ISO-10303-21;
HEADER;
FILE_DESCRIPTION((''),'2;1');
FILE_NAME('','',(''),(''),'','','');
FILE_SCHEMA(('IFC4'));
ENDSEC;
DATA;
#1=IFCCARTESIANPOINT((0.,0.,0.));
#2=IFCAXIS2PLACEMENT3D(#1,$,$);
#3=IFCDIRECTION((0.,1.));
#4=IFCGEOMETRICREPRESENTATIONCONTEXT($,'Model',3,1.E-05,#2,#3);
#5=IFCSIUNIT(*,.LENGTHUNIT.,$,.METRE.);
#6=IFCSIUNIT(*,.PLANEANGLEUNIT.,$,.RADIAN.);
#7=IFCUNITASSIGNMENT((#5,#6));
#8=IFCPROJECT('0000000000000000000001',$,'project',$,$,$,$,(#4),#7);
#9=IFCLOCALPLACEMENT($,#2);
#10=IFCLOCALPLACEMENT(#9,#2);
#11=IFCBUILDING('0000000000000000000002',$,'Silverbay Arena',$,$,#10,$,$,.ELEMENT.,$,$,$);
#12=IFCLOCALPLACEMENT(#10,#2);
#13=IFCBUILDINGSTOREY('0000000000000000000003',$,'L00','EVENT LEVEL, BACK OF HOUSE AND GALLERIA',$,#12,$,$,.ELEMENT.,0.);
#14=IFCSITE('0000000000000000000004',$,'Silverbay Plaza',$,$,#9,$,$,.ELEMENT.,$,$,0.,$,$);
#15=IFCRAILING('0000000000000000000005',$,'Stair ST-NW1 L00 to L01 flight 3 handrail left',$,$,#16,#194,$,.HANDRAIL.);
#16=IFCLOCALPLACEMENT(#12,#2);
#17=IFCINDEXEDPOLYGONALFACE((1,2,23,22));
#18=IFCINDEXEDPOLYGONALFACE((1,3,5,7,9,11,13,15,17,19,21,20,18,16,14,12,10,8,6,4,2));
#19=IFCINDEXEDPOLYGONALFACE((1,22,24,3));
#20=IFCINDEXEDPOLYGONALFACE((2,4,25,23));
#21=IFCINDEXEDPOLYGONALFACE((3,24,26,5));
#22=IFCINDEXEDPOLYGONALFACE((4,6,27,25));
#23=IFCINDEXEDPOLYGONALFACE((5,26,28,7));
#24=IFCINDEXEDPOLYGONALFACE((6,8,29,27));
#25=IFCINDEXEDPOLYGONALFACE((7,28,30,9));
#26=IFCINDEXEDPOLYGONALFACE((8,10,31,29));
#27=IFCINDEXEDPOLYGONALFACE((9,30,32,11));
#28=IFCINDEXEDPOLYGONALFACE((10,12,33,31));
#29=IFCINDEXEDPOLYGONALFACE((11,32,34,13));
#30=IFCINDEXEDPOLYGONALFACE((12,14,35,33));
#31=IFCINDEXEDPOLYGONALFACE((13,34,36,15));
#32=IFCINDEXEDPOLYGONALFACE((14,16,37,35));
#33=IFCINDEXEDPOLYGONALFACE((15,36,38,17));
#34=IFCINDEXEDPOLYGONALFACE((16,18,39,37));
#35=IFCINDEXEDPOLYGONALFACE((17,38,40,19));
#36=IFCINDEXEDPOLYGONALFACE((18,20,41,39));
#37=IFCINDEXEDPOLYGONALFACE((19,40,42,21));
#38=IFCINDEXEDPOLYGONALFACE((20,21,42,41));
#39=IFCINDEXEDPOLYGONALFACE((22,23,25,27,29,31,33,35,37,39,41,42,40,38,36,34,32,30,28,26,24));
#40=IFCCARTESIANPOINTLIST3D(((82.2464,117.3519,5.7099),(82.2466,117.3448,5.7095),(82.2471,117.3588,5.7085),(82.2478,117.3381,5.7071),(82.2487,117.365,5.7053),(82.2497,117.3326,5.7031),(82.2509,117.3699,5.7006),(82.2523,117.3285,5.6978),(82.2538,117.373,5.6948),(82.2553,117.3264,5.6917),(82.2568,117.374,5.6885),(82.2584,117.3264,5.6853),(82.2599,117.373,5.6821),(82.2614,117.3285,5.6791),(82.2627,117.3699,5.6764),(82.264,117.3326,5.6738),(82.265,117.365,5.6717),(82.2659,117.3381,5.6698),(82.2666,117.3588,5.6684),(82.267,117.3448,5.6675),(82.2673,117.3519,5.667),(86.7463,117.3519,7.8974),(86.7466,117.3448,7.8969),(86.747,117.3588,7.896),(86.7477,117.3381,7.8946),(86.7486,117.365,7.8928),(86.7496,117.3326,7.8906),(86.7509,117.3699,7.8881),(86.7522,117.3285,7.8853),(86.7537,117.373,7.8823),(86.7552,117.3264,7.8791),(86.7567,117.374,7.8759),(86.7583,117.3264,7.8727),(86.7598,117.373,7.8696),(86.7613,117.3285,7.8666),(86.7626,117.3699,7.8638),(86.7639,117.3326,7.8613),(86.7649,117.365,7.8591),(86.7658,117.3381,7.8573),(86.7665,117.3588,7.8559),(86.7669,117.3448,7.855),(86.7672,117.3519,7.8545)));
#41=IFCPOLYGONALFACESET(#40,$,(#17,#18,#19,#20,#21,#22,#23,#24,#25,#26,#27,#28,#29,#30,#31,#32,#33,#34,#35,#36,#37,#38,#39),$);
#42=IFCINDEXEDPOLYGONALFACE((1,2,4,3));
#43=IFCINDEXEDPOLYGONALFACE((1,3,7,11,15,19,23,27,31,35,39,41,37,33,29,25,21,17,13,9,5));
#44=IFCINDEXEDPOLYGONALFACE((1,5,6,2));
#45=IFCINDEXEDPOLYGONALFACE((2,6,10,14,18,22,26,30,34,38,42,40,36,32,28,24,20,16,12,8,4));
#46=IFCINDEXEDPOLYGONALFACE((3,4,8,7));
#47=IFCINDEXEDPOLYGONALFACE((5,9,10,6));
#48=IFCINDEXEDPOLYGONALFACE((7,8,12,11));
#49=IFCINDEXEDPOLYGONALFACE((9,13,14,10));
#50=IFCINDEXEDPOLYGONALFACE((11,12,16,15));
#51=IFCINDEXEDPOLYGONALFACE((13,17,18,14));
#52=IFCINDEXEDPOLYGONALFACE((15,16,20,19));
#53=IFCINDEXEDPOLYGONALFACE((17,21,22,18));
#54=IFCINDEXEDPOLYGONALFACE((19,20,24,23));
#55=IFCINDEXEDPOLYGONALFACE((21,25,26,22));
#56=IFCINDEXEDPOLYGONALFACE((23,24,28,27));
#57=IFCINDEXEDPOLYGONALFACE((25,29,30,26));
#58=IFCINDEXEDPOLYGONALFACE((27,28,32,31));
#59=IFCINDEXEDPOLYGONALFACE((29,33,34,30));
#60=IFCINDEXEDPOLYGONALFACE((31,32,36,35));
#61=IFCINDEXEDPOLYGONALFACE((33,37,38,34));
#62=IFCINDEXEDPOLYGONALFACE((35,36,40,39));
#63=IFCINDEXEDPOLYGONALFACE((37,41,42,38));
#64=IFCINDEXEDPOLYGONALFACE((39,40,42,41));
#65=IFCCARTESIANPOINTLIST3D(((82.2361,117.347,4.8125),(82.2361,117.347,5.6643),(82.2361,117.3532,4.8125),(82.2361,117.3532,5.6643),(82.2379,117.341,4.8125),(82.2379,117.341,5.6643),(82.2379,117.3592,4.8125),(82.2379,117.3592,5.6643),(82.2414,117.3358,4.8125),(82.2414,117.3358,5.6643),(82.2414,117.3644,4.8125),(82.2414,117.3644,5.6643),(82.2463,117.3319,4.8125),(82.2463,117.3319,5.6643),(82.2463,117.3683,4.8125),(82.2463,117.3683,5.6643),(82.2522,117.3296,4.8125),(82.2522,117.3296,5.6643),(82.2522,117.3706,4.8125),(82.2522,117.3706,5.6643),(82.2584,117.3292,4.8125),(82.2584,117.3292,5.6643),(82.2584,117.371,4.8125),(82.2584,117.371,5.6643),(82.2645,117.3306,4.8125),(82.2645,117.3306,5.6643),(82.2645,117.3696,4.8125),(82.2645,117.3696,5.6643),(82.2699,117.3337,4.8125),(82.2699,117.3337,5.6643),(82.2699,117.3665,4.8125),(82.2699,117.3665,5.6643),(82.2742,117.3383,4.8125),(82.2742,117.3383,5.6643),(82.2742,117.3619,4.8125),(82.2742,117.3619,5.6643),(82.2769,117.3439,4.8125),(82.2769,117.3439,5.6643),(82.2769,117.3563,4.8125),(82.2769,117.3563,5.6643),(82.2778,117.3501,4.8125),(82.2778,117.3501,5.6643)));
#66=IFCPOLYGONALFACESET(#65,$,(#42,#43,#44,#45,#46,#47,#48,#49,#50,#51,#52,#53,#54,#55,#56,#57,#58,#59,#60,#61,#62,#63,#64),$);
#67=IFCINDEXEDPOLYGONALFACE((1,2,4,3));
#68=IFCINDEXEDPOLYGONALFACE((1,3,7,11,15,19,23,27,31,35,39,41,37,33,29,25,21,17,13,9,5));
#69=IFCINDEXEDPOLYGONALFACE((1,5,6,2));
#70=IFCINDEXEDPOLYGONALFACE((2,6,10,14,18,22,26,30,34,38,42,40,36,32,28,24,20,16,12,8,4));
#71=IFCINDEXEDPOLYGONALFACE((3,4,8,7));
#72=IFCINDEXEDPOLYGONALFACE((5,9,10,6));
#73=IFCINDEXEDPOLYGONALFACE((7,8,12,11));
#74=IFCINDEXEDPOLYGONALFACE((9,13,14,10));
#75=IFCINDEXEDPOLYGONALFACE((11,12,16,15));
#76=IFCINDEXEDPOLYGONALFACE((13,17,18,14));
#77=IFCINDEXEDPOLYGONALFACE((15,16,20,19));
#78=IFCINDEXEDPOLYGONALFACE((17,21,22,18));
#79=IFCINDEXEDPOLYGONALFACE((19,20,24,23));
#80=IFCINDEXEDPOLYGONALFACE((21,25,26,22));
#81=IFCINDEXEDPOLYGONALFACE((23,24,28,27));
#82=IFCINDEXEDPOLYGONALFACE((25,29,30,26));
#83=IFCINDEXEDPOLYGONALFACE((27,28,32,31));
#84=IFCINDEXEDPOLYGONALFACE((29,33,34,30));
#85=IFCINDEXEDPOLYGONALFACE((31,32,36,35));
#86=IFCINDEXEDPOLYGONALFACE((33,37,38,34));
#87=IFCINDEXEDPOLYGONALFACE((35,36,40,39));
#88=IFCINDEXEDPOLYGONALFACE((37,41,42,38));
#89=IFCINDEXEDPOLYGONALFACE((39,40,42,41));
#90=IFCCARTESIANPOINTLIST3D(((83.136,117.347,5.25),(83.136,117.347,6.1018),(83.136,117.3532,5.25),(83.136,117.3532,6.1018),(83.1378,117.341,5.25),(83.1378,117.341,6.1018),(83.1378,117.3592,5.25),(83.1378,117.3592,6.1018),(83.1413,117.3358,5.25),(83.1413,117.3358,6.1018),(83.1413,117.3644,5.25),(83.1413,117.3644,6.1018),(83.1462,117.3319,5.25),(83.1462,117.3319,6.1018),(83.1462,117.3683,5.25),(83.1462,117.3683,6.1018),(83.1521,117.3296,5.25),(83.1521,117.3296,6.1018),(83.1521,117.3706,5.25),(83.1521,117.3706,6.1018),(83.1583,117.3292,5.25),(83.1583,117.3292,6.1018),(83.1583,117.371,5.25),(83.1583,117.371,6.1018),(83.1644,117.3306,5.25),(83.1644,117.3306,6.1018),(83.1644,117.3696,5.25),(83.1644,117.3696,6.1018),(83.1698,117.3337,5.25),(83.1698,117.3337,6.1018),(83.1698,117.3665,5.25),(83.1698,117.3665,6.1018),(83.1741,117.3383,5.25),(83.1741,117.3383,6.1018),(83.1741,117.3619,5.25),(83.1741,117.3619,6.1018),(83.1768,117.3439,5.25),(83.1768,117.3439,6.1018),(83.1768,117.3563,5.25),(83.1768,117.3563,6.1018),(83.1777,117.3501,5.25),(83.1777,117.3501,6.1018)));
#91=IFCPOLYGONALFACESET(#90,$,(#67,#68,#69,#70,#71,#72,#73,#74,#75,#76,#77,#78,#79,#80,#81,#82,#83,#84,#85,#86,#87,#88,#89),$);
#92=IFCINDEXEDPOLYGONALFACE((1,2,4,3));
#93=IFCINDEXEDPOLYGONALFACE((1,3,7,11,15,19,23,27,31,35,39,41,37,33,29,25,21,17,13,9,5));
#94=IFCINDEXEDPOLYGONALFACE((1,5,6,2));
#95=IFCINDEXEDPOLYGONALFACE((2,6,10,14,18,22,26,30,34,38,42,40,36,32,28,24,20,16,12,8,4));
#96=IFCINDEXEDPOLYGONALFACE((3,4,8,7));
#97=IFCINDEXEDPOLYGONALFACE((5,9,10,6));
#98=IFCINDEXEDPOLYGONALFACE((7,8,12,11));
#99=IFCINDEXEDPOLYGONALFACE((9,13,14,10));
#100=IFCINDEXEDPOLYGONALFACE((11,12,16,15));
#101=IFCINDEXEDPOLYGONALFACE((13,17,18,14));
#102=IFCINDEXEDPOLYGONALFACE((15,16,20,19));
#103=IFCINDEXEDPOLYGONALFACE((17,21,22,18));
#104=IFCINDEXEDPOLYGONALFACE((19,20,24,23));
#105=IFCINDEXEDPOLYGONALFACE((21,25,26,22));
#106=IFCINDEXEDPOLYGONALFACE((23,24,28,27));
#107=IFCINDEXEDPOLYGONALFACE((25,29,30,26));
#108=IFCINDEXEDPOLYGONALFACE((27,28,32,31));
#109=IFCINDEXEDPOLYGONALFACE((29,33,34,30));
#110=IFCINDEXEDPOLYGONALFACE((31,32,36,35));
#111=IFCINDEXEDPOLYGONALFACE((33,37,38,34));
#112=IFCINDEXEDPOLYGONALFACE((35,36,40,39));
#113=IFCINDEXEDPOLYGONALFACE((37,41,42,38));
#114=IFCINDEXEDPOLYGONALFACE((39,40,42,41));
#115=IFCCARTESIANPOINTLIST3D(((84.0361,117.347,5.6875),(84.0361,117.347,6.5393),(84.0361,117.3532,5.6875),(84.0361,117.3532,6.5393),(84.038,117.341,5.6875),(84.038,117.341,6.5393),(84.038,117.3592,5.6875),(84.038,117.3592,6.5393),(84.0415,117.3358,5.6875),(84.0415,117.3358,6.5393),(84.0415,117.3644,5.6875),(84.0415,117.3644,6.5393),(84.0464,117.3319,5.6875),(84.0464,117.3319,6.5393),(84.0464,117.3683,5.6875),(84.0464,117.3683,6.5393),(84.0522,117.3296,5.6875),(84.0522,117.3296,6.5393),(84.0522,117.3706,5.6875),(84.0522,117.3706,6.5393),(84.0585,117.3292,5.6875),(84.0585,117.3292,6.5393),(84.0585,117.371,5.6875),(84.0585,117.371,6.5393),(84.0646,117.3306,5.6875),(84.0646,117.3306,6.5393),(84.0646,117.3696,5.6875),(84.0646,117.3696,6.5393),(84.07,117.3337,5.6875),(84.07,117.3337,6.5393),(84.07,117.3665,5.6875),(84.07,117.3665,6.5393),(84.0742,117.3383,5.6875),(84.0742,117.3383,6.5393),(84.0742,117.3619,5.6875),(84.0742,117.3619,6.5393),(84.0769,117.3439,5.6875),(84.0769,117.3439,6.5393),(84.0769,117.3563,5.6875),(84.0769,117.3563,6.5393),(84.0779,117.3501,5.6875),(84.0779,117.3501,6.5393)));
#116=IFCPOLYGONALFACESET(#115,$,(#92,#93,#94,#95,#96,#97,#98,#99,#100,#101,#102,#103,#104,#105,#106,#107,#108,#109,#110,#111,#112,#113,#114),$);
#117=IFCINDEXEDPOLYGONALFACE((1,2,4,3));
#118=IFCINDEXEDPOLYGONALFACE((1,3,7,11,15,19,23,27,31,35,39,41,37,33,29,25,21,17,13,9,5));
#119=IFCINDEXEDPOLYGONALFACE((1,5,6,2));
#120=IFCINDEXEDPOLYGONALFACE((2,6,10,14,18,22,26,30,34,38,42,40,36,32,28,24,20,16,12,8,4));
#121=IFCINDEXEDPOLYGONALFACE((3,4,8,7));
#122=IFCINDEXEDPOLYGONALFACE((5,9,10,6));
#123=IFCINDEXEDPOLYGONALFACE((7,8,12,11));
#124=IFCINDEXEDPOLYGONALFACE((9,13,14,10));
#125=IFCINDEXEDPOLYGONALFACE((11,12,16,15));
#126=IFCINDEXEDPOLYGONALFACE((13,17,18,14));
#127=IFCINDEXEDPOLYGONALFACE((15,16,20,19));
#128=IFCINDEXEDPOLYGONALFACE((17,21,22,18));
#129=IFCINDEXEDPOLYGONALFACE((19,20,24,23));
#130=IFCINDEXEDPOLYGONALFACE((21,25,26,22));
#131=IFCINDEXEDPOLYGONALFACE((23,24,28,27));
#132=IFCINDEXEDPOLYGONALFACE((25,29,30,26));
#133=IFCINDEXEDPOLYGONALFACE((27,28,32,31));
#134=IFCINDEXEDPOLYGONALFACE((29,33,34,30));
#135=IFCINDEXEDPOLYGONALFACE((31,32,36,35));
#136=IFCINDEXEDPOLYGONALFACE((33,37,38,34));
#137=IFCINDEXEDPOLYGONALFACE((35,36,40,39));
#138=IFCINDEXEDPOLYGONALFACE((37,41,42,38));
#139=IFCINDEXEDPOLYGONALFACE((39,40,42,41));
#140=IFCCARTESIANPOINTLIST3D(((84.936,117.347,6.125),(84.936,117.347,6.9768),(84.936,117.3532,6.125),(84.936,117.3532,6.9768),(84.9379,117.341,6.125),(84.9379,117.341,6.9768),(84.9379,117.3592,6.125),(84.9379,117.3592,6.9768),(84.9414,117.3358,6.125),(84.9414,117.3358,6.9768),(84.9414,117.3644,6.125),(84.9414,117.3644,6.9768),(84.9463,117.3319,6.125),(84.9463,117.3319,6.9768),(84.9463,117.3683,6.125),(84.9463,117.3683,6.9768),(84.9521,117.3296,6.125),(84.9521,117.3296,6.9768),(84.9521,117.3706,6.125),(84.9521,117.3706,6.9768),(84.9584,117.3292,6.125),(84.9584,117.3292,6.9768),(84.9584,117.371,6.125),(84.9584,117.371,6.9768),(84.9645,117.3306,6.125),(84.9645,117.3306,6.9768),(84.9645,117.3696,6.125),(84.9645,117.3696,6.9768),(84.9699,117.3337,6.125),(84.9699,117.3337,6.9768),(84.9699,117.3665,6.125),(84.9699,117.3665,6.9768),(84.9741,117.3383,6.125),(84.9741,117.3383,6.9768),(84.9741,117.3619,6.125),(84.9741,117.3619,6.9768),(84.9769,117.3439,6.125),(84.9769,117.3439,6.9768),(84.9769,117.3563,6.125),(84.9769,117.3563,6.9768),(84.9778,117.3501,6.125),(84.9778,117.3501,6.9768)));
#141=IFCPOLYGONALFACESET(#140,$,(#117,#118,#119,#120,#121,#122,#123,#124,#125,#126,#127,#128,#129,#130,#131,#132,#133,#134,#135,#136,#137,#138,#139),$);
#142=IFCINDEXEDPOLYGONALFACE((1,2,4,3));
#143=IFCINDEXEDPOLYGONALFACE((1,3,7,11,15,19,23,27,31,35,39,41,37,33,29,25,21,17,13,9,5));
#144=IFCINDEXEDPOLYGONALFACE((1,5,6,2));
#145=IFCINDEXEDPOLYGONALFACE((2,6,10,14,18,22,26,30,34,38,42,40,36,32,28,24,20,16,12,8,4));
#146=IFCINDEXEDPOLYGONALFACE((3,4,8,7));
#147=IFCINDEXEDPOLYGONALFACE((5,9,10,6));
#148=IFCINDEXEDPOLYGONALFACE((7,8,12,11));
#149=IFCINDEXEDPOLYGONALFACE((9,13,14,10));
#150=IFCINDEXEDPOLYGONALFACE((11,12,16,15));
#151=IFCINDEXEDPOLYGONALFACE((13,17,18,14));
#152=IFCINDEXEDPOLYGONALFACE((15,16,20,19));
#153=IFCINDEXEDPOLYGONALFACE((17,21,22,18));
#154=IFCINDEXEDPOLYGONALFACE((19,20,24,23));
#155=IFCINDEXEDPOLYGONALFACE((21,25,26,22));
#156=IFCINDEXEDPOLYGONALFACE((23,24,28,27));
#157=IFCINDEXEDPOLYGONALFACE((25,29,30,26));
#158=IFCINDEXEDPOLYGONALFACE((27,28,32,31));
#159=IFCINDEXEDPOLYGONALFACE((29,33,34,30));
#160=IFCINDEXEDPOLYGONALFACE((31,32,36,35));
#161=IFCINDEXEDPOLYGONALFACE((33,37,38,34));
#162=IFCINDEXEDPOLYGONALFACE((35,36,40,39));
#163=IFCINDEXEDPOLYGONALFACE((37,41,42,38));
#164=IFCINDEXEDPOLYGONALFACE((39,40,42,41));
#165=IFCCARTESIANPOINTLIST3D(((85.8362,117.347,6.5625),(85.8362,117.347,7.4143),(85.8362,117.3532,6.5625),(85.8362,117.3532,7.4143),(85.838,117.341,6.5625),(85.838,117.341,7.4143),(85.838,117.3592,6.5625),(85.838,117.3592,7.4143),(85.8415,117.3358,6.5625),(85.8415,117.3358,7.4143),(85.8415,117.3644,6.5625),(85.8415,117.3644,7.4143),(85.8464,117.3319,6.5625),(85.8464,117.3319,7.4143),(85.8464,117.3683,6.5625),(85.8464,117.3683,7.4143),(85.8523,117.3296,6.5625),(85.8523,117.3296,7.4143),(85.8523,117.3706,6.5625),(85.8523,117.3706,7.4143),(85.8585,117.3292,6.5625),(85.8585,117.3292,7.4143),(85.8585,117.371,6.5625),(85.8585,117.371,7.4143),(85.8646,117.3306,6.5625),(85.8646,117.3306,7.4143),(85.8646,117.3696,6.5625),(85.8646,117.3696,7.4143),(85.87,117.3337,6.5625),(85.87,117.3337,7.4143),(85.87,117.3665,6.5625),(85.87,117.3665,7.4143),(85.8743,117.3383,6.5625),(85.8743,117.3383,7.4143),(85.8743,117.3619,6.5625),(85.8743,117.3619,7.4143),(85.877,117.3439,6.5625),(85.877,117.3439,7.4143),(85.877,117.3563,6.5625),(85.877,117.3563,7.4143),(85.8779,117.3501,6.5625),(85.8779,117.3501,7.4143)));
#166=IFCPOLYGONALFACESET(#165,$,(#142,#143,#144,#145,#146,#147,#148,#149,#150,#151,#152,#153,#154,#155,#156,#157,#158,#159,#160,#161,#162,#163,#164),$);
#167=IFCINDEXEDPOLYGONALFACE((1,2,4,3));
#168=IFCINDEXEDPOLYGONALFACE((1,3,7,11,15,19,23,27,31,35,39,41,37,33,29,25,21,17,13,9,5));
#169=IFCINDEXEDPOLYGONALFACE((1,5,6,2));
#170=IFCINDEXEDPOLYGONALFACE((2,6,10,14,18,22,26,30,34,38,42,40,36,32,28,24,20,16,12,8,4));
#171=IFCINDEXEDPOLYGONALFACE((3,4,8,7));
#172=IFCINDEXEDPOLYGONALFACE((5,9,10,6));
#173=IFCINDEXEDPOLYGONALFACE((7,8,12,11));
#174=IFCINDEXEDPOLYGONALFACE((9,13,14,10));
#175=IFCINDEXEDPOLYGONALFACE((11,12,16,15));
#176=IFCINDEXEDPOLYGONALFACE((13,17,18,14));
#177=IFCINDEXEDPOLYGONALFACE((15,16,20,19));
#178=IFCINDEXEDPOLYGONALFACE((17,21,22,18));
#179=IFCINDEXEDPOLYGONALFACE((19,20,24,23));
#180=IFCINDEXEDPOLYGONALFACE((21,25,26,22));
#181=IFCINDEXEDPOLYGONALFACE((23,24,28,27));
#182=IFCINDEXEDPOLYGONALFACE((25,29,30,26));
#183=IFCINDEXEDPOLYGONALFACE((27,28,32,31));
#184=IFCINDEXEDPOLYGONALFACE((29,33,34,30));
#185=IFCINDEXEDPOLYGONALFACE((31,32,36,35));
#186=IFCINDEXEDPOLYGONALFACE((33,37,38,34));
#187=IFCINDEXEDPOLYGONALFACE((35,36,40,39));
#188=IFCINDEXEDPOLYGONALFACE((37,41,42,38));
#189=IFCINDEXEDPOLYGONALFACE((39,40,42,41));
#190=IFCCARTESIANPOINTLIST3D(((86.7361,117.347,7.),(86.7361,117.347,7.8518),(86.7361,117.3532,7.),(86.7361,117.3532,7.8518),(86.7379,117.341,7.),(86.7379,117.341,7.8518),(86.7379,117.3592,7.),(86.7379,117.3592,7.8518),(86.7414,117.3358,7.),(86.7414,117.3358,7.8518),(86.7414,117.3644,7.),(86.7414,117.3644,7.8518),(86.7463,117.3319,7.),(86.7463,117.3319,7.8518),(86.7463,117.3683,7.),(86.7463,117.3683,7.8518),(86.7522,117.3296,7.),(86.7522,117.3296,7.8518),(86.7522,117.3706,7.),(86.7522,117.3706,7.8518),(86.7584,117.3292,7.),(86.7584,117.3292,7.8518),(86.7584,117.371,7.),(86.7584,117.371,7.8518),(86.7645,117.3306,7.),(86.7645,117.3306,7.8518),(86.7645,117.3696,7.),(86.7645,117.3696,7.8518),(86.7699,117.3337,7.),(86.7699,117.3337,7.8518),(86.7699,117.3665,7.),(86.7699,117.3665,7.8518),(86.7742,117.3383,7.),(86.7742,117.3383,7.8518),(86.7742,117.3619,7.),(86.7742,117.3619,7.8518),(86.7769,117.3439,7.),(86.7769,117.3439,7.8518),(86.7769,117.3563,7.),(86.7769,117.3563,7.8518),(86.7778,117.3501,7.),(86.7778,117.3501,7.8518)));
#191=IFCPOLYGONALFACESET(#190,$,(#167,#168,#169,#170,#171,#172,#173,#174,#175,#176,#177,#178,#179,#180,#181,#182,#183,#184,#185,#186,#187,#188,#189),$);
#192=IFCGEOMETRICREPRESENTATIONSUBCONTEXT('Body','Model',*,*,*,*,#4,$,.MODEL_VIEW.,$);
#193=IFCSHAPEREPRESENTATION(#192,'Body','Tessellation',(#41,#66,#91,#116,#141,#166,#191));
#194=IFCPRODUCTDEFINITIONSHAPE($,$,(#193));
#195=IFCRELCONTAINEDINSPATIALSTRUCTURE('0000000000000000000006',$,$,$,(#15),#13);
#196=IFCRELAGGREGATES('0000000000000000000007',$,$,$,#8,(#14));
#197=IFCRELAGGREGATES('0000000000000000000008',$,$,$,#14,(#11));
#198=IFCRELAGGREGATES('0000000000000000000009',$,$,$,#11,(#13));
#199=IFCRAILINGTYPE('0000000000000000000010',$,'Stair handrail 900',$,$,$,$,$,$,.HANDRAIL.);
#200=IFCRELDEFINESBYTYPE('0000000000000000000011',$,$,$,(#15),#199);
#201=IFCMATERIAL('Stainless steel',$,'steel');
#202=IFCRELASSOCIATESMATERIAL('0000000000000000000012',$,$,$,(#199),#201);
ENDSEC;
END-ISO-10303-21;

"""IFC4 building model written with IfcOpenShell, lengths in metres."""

from ifc_helpers import new_model, si_unit, direction, frame, origin, origin_2d, place, context, subcontext, project, spatial, circle, extrude, material, type_object, element, save


model = new_model("IFC4")

# Units and contexts
model_context = context("Model", 3, precision=1e-05, world=origin(), true_north=direction((0.0, 1.0)))
body_context = subcontext(model_context, "Body", "Model", "MODEL_VIEW")
ifc_project = project(units=[si_unit("LENGTHUNIT", "METRE"), si_unit("PLANEANGLEUNIT", "RADIAN")], contexts=[model_context])

# Site, building, storey
site_placement = place(None, origin())
site = spatial("IfcSite", under=ifc_project, at=site_placement, Name="Silverbay Plaza", CompositionType="ELEMENT", RefElevation=0.0)
building_placement = place(site_placement, origin())
building = spatial("IfcBuilding", under=site, at=building_placement, Name="Silverbay Arena", CompositionType="ELEMENT")
storey_placement = place(building_placement, origin())
storey = spatial("IfcBuildingStorey", under=building, at=storey_placement, Name="L00", Description="EVENT LEVEL, BACK OF HOUSE AND GALLERIA", CompositionType="ELEMENT", Elevation=0.0)

# Railing
ifc_material_1 = material(Name="Stainless steel", Category="steel")
railing_type_1 = type_object("IfcRailingType", Name="Stair handrail 900", PredefinedType="HANDRAIL", material=ifc_material_1)
railing_1_placement = place(storey_placement, frame((82.2568, 117.3501, 4.8125)))
element("IfcRailing", 1, at=railing_1_placement, inside=storey, type_object=railing_type_1, Name="Stair ST-NW1 L00 to L01 flight 3 handrail left", PredefinedType="HANDRAIL", context=body_context, shape_type="SweptSolid", body=[
    extrude(circle(Radius=0.0239, at=origin_2d()), frame((0.0, 0.0, 0.876), z_axis=(0.899368, 0.0, 0.437193), x_axis=(0.0, 1.0, 0.0)), (0.0, 0.0, 1.0), 5.0034),
    extrude(circle(Radius=0.021, at=origin_2d()), origin(), (0.0, 0.0, 1.0), 0.8518),
    extrude(circle(Radius=0.021, at=origin_2d()), frame((0.8999, 0.0, 0.4375)), (0.0, 0.0, 1.0), 0.8518),
    extrude(circle(Radius=0.021, at=origin_2d()), frame((1.8, 0.0, 0.875)), (0.0, 0.0, 1.0), 0.8518),
    extrude(circle(Radius=0.021, at=origin_2d()), frame((2.7, 0.0, 1.3125)), (0.0, 0.0, 1.0), 0.8518),
    extrude(circle(Radius=0.021, at=origin_2d()), frame((3.6001, 0.0, 1.75)), (0.0, 0.0, 1.0), 0.8518),
    extrude(circle(Radius=0.021, at=origin_2d()), frame((4.5, 0.0, 2.1875)), (0.0, 0.0, 1.0), 0.8518),
])

save(model, "model.ifc")
